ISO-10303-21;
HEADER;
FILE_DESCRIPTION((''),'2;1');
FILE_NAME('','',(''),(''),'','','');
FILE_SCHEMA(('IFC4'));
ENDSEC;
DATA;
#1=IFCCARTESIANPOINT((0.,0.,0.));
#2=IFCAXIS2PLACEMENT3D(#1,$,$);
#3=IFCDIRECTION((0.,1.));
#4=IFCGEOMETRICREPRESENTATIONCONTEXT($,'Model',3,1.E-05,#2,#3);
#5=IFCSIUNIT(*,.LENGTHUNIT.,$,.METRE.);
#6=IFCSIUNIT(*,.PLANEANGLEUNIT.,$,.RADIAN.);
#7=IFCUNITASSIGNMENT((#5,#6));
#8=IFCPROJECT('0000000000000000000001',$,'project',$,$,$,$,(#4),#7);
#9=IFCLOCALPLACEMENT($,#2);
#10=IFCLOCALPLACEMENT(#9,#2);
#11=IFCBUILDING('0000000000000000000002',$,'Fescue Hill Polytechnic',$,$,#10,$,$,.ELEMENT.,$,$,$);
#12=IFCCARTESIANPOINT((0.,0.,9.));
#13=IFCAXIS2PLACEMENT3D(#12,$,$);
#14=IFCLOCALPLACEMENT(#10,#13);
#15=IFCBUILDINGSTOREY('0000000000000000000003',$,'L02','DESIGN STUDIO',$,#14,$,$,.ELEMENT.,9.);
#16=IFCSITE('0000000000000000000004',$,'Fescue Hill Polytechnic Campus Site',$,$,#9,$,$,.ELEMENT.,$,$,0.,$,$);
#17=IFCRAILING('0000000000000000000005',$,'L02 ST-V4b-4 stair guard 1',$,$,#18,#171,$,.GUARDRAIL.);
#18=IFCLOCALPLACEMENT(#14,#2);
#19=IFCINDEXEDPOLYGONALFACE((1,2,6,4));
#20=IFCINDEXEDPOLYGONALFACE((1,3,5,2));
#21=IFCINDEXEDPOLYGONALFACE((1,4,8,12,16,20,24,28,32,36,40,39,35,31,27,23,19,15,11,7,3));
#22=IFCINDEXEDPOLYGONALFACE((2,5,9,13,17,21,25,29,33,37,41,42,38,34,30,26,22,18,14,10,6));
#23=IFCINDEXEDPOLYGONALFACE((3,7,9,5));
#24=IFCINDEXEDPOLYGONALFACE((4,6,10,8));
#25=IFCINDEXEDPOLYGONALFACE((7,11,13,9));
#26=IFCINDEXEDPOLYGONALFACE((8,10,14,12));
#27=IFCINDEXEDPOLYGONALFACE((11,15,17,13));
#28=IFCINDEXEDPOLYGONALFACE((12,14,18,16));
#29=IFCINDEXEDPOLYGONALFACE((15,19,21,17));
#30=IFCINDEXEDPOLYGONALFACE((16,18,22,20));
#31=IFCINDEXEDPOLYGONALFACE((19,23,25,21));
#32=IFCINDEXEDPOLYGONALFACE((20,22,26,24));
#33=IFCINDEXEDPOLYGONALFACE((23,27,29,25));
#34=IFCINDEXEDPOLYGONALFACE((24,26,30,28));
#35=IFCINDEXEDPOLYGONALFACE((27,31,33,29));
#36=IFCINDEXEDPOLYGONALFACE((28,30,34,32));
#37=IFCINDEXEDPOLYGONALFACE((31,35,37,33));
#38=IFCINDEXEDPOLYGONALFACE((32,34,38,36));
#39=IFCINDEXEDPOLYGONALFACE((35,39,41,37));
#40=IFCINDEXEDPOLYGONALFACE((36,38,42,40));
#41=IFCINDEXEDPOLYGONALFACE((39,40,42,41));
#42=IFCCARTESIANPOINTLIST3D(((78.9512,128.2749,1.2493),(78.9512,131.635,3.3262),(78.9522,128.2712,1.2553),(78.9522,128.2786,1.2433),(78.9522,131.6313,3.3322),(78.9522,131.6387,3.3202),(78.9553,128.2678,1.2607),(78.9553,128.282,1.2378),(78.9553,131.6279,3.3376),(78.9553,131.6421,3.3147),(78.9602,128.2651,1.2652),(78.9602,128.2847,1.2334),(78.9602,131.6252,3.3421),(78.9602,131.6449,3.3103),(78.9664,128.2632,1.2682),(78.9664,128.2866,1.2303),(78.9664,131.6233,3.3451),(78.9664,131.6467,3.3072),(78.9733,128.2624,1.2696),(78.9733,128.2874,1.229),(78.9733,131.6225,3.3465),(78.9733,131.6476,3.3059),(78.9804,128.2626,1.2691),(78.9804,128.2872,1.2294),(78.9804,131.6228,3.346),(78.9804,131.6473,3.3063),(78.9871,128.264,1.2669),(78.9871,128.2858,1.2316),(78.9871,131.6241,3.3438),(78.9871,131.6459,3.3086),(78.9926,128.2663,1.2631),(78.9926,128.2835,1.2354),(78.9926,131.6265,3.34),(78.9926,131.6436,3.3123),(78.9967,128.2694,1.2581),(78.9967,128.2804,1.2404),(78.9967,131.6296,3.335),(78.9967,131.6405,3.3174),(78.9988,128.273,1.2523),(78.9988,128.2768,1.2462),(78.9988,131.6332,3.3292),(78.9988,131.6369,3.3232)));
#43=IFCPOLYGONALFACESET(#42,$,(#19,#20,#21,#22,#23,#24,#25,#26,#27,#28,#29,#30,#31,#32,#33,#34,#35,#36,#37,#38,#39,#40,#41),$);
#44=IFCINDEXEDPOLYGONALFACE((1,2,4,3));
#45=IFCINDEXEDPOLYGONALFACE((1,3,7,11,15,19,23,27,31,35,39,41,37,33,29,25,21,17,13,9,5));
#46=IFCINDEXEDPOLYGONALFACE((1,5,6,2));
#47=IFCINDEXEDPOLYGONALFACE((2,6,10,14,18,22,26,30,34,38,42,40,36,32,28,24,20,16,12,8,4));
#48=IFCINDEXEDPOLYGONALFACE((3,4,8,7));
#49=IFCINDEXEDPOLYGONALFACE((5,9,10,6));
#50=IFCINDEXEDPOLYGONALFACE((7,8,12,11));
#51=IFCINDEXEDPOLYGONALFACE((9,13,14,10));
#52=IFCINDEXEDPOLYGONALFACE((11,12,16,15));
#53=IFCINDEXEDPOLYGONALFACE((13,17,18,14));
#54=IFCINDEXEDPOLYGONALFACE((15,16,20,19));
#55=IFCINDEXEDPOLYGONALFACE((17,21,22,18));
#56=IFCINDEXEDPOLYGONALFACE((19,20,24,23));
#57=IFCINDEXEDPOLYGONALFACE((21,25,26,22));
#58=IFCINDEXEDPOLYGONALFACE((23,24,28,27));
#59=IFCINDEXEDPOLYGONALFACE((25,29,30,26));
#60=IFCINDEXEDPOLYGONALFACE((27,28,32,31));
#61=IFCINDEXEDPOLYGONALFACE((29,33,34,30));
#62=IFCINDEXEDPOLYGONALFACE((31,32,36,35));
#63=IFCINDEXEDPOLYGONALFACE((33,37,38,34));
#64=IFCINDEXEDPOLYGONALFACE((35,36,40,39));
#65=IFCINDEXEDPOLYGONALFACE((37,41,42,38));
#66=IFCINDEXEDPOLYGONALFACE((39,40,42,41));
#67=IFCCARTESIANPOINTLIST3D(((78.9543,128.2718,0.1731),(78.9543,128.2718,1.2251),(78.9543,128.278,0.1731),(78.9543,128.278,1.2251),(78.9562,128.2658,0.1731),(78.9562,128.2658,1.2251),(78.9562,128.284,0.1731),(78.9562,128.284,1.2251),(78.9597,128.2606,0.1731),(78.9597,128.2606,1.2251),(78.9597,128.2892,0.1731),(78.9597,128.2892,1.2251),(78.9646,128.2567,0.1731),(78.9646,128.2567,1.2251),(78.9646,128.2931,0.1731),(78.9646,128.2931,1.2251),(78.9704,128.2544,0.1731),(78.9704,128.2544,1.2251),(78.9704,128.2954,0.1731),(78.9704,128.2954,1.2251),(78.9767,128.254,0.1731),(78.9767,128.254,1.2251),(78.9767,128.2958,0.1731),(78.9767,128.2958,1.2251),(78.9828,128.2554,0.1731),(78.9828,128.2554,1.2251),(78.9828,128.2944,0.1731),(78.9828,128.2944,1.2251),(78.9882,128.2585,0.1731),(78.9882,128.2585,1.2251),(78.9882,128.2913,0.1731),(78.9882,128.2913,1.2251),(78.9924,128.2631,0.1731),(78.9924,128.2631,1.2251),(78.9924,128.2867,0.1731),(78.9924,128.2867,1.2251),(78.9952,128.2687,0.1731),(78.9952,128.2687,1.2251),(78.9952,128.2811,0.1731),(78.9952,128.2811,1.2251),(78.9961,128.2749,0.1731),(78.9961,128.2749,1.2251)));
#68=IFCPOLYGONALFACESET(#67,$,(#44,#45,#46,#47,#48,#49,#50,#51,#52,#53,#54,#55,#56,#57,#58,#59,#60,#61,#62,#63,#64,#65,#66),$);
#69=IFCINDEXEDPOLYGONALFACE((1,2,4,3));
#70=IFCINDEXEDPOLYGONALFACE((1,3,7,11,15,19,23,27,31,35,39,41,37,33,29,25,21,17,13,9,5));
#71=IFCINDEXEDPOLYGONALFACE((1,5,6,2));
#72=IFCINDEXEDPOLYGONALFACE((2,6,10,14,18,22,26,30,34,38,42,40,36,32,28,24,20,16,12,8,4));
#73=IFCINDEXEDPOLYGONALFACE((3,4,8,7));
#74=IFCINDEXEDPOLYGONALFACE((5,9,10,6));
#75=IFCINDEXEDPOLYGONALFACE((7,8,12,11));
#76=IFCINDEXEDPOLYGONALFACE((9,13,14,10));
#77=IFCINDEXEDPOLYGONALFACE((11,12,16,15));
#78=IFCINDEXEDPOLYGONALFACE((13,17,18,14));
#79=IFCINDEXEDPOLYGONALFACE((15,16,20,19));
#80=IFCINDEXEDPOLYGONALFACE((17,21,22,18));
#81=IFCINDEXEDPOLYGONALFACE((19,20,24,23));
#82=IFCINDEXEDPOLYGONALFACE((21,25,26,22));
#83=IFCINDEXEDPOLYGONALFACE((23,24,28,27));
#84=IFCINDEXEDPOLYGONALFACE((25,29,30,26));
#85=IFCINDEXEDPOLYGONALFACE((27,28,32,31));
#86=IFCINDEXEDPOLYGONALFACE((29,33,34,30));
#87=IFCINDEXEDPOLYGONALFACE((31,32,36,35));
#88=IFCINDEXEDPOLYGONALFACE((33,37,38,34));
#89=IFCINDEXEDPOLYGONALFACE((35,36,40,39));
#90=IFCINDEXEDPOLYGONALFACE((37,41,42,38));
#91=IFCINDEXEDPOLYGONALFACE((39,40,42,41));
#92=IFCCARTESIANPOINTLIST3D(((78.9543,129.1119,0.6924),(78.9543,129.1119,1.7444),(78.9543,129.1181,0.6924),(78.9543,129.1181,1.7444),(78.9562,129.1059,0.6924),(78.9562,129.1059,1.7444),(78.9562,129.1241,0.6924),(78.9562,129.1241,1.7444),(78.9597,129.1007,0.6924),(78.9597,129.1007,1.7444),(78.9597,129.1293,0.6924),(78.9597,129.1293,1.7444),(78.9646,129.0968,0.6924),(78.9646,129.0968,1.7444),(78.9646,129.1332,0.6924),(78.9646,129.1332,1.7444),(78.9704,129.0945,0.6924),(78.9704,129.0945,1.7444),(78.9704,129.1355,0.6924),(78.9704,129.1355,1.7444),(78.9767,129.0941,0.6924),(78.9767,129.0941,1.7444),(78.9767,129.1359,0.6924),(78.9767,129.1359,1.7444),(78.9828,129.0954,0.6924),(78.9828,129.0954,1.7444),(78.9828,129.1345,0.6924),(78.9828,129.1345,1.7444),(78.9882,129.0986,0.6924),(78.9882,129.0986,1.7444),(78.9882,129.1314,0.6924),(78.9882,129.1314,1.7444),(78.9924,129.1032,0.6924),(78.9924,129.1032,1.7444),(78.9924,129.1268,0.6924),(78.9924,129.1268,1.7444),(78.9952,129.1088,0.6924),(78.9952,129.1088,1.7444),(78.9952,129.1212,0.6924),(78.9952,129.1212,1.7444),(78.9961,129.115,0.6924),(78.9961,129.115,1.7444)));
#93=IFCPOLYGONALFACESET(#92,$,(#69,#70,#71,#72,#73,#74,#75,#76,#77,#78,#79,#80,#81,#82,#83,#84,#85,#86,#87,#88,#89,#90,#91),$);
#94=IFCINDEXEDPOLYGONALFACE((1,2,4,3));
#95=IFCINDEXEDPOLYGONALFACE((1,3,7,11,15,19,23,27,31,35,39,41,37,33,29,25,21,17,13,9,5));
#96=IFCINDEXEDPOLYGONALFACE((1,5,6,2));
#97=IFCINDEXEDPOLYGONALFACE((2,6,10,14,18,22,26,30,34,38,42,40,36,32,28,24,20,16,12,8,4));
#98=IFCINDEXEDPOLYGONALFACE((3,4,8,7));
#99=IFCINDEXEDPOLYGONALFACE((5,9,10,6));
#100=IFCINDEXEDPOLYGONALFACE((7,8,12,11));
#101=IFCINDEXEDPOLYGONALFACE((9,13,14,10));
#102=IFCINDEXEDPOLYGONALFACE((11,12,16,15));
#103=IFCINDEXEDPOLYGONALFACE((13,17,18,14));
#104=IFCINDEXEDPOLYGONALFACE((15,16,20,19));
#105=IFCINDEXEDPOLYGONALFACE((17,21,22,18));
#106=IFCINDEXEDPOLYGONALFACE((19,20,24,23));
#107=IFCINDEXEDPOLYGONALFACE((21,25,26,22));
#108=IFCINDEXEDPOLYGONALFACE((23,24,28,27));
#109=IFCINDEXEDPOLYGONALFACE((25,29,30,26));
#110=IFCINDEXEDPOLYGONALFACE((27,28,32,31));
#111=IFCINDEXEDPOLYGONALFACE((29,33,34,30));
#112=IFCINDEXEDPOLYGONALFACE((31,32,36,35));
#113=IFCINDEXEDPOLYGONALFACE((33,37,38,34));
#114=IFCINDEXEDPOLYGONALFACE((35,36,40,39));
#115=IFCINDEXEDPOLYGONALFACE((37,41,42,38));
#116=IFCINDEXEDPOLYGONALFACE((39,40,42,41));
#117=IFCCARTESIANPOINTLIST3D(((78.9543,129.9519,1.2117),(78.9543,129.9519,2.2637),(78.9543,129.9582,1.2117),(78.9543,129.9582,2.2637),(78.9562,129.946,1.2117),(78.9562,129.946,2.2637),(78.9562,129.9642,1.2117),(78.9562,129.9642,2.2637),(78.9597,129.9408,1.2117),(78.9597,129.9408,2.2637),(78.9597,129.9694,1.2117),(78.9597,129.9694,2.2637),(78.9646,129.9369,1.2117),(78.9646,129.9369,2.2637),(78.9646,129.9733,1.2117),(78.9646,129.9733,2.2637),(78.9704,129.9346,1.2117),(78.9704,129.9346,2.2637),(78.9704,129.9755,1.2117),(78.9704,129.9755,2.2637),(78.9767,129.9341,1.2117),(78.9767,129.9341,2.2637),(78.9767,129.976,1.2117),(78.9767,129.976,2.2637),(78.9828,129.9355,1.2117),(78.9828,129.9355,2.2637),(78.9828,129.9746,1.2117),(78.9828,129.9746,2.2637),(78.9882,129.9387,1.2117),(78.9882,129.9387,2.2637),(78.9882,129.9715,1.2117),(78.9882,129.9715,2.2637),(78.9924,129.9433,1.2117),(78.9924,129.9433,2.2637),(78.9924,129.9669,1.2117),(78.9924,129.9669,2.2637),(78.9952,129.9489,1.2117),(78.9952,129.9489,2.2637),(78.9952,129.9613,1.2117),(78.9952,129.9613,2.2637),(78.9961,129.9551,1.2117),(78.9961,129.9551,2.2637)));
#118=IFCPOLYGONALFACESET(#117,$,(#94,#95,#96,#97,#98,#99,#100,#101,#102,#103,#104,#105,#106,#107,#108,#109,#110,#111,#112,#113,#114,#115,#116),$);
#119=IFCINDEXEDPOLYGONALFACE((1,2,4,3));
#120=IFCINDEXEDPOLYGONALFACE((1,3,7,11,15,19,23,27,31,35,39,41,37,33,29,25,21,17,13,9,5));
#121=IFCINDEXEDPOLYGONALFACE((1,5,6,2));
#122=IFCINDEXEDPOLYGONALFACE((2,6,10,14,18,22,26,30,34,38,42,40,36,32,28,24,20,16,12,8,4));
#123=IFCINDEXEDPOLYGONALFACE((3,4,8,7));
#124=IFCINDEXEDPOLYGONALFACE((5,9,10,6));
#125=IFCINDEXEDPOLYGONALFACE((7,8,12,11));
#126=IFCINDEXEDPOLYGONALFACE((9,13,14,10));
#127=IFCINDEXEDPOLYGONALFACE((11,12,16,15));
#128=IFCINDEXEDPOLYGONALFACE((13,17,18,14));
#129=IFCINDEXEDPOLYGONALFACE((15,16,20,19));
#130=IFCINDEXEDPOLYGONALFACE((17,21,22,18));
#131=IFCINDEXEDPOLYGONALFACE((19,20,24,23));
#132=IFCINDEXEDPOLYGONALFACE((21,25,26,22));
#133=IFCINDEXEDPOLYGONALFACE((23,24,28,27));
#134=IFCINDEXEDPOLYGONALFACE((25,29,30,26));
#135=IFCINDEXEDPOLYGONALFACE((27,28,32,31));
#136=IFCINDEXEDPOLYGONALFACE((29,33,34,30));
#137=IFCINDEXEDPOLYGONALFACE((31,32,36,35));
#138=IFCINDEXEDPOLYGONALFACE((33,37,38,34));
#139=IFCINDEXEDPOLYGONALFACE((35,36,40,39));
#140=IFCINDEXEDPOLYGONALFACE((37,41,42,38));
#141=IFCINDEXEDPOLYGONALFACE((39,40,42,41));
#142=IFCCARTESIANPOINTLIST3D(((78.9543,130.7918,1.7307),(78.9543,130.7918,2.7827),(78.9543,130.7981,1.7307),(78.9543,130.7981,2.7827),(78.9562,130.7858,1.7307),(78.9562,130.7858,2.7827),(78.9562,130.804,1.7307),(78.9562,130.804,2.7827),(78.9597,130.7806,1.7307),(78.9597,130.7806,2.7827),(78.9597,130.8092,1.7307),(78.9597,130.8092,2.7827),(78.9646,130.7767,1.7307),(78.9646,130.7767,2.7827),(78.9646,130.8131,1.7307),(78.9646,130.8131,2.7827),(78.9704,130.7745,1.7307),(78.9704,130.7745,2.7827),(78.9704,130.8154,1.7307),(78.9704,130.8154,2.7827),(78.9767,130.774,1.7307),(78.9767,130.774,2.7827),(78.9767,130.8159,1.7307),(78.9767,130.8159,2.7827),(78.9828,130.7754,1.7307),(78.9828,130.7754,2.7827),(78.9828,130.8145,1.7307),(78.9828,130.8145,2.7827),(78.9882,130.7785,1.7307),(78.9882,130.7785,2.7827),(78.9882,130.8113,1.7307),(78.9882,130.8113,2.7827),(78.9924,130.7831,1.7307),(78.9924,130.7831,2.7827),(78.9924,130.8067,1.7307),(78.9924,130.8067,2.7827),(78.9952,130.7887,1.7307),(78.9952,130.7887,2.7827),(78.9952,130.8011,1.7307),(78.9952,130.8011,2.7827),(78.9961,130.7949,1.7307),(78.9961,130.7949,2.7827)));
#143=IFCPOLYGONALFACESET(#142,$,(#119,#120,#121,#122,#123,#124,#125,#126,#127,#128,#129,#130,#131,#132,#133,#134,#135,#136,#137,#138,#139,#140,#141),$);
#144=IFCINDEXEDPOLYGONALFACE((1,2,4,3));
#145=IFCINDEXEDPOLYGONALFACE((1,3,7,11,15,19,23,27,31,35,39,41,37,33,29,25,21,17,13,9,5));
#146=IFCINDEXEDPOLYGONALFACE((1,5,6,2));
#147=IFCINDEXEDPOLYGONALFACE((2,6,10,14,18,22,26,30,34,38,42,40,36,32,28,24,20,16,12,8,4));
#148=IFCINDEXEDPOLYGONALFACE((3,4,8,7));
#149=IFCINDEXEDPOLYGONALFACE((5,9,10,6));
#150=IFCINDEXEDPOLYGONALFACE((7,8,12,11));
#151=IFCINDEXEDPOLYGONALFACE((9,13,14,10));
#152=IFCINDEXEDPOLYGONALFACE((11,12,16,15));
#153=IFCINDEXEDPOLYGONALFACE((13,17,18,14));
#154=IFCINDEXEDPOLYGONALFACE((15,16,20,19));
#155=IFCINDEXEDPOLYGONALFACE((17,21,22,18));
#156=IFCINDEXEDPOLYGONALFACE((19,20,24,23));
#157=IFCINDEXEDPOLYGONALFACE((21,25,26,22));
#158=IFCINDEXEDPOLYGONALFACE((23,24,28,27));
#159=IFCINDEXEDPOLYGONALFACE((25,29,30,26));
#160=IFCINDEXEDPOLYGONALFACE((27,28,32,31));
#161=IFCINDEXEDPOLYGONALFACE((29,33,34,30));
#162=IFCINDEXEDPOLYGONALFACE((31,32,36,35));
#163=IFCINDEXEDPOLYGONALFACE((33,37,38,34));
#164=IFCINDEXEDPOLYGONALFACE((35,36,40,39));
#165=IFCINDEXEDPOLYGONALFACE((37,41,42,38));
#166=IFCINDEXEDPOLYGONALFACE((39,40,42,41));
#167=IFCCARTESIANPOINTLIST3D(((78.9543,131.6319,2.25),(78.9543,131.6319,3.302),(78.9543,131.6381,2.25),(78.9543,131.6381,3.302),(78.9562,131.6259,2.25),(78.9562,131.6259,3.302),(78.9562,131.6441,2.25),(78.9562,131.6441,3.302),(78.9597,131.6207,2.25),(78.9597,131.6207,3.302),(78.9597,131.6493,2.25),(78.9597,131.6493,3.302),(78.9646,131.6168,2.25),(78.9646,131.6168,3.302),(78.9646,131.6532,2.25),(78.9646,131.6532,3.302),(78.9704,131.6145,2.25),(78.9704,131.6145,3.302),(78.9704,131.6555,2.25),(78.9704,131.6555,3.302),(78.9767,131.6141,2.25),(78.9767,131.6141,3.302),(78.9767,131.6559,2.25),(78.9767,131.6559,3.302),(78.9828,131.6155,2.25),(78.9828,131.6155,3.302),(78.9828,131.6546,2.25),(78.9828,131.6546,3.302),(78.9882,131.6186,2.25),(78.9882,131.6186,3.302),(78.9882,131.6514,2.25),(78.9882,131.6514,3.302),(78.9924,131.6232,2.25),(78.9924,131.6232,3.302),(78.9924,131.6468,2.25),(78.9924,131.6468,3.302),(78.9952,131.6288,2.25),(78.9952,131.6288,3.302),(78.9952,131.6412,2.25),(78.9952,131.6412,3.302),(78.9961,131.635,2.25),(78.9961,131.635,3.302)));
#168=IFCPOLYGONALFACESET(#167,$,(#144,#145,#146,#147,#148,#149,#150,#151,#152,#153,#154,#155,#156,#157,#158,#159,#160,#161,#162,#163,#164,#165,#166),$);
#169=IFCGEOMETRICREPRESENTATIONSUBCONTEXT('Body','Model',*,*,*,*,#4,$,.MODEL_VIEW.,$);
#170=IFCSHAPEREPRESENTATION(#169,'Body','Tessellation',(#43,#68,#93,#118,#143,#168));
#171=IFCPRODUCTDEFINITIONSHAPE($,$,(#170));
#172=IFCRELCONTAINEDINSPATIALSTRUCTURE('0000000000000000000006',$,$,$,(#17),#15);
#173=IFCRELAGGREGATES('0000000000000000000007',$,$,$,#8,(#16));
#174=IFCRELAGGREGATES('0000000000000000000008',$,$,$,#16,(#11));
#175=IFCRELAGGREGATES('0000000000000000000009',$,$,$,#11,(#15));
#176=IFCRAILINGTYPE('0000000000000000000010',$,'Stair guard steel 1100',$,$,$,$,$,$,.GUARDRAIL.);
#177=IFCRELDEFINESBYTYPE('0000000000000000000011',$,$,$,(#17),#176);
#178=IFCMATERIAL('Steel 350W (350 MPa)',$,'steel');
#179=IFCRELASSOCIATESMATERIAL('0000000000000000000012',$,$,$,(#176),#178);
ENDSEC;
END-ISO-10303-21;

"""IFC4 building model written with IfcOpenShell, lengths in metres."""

from ifc_helpers import new_model, si_unit, direction, frame, origin, origin_2d, place, context, subcontext, project, spatial, circle, extrude, material, type_object, element, save


model = new_model("IFC4")

# Units and contexts
model_context = context("Model", 3, precision=1e-05, world=origin(), true_north=direction((0.0, 1.0)))
body_context = subcontext(model_context, "Body", "Model", "MODEL_VIEW")
ifc_project = project(units=[si_unit("LENGTHUNIT", "METRE"), si_unit("PLANEANGLEUNIT", "RADIAN")], contexts=[model_context])

# Site, building, storey
site_placement = place(None, origin())
site = spatial("IfcSite", under=ifc_project, at=site_placement, Name="Fescue Hill Polytechnic Campus Site", CompositionType="ELEMENT", RefElevation=0.0)
building_placement = place(site_placement, origin())
building = spatial("IfcBuilding", under=site, at=building_placement, Name="Fescue Hill Polytechnic", CompositionType="ELEMENT")
storey_placement = place(building_placement, frame((0.0, 0.0, 9.0)))
storey = spatial("IfcBuildingStorey", under=building, at=storey_placement, Name="L02", Description="DESIGN STUDIO", CompositionType="ELEMENT", Elevation=9.0)

# Railing
ifc_material_1 = material(Name="Steel 350W (350 MPa)", Category="steel")
railing_type_1 = type_object("IfcRailingType", Name="Stair guard steel 1100", PredefinedType="GUARDRAIL", material=ifc_material_1)
railing_1_placement = place(storey_placement, frame((78.9751, 128.2749, 0.1731)))
element("IfcRailing", 1, at=railing_1_placement, inside=storey, type_object=railing_type_1, Name="L02 ST-V4b-4 stair guard 1", PredefinedType="GUARDRAIL", context=body_context, shape_type="SweptSolid", body=[
    extrude(circle(Radius=0.0239, at=origin_2d()), frame((0.0, 0.0, 1.0762), z_axis=(0.0, 0.850623, 0.525776), x_axis=(-1.0, 0.0, 0.0)), (0.0, 0.0, 1.0), 3.9502),
    extrude(circle(Radius=0.021, at=origin_2d()), origin(), (0.0, 0.0, 1.0), 1.052),
    extrude(circle(Radius=0.021, at=origin_2d()), frame((0.0, 0.8401, 0.5193)), (0.0, 0.0, 1.0), 1.052),
    extrude(circle(Radius=0.021, at=origin_2d()), frame((0.0, 1.6802, 1.0386)), (0.0, 0.0, 1.0), 1.052),
    extrude(circle(Radius=0.021, at=origin_2d()), frame((0.0, 2.52, 1.5576)), (0.0, 0.0, 1.0), 1.052),
    extrude(circle(Radius=0.021, at=origin_2d()), frame((0.0, 3.3601, 2.0769)), (0.0, 0.0, 1.0), 1.052),
])

save(model, "model.ifc")
